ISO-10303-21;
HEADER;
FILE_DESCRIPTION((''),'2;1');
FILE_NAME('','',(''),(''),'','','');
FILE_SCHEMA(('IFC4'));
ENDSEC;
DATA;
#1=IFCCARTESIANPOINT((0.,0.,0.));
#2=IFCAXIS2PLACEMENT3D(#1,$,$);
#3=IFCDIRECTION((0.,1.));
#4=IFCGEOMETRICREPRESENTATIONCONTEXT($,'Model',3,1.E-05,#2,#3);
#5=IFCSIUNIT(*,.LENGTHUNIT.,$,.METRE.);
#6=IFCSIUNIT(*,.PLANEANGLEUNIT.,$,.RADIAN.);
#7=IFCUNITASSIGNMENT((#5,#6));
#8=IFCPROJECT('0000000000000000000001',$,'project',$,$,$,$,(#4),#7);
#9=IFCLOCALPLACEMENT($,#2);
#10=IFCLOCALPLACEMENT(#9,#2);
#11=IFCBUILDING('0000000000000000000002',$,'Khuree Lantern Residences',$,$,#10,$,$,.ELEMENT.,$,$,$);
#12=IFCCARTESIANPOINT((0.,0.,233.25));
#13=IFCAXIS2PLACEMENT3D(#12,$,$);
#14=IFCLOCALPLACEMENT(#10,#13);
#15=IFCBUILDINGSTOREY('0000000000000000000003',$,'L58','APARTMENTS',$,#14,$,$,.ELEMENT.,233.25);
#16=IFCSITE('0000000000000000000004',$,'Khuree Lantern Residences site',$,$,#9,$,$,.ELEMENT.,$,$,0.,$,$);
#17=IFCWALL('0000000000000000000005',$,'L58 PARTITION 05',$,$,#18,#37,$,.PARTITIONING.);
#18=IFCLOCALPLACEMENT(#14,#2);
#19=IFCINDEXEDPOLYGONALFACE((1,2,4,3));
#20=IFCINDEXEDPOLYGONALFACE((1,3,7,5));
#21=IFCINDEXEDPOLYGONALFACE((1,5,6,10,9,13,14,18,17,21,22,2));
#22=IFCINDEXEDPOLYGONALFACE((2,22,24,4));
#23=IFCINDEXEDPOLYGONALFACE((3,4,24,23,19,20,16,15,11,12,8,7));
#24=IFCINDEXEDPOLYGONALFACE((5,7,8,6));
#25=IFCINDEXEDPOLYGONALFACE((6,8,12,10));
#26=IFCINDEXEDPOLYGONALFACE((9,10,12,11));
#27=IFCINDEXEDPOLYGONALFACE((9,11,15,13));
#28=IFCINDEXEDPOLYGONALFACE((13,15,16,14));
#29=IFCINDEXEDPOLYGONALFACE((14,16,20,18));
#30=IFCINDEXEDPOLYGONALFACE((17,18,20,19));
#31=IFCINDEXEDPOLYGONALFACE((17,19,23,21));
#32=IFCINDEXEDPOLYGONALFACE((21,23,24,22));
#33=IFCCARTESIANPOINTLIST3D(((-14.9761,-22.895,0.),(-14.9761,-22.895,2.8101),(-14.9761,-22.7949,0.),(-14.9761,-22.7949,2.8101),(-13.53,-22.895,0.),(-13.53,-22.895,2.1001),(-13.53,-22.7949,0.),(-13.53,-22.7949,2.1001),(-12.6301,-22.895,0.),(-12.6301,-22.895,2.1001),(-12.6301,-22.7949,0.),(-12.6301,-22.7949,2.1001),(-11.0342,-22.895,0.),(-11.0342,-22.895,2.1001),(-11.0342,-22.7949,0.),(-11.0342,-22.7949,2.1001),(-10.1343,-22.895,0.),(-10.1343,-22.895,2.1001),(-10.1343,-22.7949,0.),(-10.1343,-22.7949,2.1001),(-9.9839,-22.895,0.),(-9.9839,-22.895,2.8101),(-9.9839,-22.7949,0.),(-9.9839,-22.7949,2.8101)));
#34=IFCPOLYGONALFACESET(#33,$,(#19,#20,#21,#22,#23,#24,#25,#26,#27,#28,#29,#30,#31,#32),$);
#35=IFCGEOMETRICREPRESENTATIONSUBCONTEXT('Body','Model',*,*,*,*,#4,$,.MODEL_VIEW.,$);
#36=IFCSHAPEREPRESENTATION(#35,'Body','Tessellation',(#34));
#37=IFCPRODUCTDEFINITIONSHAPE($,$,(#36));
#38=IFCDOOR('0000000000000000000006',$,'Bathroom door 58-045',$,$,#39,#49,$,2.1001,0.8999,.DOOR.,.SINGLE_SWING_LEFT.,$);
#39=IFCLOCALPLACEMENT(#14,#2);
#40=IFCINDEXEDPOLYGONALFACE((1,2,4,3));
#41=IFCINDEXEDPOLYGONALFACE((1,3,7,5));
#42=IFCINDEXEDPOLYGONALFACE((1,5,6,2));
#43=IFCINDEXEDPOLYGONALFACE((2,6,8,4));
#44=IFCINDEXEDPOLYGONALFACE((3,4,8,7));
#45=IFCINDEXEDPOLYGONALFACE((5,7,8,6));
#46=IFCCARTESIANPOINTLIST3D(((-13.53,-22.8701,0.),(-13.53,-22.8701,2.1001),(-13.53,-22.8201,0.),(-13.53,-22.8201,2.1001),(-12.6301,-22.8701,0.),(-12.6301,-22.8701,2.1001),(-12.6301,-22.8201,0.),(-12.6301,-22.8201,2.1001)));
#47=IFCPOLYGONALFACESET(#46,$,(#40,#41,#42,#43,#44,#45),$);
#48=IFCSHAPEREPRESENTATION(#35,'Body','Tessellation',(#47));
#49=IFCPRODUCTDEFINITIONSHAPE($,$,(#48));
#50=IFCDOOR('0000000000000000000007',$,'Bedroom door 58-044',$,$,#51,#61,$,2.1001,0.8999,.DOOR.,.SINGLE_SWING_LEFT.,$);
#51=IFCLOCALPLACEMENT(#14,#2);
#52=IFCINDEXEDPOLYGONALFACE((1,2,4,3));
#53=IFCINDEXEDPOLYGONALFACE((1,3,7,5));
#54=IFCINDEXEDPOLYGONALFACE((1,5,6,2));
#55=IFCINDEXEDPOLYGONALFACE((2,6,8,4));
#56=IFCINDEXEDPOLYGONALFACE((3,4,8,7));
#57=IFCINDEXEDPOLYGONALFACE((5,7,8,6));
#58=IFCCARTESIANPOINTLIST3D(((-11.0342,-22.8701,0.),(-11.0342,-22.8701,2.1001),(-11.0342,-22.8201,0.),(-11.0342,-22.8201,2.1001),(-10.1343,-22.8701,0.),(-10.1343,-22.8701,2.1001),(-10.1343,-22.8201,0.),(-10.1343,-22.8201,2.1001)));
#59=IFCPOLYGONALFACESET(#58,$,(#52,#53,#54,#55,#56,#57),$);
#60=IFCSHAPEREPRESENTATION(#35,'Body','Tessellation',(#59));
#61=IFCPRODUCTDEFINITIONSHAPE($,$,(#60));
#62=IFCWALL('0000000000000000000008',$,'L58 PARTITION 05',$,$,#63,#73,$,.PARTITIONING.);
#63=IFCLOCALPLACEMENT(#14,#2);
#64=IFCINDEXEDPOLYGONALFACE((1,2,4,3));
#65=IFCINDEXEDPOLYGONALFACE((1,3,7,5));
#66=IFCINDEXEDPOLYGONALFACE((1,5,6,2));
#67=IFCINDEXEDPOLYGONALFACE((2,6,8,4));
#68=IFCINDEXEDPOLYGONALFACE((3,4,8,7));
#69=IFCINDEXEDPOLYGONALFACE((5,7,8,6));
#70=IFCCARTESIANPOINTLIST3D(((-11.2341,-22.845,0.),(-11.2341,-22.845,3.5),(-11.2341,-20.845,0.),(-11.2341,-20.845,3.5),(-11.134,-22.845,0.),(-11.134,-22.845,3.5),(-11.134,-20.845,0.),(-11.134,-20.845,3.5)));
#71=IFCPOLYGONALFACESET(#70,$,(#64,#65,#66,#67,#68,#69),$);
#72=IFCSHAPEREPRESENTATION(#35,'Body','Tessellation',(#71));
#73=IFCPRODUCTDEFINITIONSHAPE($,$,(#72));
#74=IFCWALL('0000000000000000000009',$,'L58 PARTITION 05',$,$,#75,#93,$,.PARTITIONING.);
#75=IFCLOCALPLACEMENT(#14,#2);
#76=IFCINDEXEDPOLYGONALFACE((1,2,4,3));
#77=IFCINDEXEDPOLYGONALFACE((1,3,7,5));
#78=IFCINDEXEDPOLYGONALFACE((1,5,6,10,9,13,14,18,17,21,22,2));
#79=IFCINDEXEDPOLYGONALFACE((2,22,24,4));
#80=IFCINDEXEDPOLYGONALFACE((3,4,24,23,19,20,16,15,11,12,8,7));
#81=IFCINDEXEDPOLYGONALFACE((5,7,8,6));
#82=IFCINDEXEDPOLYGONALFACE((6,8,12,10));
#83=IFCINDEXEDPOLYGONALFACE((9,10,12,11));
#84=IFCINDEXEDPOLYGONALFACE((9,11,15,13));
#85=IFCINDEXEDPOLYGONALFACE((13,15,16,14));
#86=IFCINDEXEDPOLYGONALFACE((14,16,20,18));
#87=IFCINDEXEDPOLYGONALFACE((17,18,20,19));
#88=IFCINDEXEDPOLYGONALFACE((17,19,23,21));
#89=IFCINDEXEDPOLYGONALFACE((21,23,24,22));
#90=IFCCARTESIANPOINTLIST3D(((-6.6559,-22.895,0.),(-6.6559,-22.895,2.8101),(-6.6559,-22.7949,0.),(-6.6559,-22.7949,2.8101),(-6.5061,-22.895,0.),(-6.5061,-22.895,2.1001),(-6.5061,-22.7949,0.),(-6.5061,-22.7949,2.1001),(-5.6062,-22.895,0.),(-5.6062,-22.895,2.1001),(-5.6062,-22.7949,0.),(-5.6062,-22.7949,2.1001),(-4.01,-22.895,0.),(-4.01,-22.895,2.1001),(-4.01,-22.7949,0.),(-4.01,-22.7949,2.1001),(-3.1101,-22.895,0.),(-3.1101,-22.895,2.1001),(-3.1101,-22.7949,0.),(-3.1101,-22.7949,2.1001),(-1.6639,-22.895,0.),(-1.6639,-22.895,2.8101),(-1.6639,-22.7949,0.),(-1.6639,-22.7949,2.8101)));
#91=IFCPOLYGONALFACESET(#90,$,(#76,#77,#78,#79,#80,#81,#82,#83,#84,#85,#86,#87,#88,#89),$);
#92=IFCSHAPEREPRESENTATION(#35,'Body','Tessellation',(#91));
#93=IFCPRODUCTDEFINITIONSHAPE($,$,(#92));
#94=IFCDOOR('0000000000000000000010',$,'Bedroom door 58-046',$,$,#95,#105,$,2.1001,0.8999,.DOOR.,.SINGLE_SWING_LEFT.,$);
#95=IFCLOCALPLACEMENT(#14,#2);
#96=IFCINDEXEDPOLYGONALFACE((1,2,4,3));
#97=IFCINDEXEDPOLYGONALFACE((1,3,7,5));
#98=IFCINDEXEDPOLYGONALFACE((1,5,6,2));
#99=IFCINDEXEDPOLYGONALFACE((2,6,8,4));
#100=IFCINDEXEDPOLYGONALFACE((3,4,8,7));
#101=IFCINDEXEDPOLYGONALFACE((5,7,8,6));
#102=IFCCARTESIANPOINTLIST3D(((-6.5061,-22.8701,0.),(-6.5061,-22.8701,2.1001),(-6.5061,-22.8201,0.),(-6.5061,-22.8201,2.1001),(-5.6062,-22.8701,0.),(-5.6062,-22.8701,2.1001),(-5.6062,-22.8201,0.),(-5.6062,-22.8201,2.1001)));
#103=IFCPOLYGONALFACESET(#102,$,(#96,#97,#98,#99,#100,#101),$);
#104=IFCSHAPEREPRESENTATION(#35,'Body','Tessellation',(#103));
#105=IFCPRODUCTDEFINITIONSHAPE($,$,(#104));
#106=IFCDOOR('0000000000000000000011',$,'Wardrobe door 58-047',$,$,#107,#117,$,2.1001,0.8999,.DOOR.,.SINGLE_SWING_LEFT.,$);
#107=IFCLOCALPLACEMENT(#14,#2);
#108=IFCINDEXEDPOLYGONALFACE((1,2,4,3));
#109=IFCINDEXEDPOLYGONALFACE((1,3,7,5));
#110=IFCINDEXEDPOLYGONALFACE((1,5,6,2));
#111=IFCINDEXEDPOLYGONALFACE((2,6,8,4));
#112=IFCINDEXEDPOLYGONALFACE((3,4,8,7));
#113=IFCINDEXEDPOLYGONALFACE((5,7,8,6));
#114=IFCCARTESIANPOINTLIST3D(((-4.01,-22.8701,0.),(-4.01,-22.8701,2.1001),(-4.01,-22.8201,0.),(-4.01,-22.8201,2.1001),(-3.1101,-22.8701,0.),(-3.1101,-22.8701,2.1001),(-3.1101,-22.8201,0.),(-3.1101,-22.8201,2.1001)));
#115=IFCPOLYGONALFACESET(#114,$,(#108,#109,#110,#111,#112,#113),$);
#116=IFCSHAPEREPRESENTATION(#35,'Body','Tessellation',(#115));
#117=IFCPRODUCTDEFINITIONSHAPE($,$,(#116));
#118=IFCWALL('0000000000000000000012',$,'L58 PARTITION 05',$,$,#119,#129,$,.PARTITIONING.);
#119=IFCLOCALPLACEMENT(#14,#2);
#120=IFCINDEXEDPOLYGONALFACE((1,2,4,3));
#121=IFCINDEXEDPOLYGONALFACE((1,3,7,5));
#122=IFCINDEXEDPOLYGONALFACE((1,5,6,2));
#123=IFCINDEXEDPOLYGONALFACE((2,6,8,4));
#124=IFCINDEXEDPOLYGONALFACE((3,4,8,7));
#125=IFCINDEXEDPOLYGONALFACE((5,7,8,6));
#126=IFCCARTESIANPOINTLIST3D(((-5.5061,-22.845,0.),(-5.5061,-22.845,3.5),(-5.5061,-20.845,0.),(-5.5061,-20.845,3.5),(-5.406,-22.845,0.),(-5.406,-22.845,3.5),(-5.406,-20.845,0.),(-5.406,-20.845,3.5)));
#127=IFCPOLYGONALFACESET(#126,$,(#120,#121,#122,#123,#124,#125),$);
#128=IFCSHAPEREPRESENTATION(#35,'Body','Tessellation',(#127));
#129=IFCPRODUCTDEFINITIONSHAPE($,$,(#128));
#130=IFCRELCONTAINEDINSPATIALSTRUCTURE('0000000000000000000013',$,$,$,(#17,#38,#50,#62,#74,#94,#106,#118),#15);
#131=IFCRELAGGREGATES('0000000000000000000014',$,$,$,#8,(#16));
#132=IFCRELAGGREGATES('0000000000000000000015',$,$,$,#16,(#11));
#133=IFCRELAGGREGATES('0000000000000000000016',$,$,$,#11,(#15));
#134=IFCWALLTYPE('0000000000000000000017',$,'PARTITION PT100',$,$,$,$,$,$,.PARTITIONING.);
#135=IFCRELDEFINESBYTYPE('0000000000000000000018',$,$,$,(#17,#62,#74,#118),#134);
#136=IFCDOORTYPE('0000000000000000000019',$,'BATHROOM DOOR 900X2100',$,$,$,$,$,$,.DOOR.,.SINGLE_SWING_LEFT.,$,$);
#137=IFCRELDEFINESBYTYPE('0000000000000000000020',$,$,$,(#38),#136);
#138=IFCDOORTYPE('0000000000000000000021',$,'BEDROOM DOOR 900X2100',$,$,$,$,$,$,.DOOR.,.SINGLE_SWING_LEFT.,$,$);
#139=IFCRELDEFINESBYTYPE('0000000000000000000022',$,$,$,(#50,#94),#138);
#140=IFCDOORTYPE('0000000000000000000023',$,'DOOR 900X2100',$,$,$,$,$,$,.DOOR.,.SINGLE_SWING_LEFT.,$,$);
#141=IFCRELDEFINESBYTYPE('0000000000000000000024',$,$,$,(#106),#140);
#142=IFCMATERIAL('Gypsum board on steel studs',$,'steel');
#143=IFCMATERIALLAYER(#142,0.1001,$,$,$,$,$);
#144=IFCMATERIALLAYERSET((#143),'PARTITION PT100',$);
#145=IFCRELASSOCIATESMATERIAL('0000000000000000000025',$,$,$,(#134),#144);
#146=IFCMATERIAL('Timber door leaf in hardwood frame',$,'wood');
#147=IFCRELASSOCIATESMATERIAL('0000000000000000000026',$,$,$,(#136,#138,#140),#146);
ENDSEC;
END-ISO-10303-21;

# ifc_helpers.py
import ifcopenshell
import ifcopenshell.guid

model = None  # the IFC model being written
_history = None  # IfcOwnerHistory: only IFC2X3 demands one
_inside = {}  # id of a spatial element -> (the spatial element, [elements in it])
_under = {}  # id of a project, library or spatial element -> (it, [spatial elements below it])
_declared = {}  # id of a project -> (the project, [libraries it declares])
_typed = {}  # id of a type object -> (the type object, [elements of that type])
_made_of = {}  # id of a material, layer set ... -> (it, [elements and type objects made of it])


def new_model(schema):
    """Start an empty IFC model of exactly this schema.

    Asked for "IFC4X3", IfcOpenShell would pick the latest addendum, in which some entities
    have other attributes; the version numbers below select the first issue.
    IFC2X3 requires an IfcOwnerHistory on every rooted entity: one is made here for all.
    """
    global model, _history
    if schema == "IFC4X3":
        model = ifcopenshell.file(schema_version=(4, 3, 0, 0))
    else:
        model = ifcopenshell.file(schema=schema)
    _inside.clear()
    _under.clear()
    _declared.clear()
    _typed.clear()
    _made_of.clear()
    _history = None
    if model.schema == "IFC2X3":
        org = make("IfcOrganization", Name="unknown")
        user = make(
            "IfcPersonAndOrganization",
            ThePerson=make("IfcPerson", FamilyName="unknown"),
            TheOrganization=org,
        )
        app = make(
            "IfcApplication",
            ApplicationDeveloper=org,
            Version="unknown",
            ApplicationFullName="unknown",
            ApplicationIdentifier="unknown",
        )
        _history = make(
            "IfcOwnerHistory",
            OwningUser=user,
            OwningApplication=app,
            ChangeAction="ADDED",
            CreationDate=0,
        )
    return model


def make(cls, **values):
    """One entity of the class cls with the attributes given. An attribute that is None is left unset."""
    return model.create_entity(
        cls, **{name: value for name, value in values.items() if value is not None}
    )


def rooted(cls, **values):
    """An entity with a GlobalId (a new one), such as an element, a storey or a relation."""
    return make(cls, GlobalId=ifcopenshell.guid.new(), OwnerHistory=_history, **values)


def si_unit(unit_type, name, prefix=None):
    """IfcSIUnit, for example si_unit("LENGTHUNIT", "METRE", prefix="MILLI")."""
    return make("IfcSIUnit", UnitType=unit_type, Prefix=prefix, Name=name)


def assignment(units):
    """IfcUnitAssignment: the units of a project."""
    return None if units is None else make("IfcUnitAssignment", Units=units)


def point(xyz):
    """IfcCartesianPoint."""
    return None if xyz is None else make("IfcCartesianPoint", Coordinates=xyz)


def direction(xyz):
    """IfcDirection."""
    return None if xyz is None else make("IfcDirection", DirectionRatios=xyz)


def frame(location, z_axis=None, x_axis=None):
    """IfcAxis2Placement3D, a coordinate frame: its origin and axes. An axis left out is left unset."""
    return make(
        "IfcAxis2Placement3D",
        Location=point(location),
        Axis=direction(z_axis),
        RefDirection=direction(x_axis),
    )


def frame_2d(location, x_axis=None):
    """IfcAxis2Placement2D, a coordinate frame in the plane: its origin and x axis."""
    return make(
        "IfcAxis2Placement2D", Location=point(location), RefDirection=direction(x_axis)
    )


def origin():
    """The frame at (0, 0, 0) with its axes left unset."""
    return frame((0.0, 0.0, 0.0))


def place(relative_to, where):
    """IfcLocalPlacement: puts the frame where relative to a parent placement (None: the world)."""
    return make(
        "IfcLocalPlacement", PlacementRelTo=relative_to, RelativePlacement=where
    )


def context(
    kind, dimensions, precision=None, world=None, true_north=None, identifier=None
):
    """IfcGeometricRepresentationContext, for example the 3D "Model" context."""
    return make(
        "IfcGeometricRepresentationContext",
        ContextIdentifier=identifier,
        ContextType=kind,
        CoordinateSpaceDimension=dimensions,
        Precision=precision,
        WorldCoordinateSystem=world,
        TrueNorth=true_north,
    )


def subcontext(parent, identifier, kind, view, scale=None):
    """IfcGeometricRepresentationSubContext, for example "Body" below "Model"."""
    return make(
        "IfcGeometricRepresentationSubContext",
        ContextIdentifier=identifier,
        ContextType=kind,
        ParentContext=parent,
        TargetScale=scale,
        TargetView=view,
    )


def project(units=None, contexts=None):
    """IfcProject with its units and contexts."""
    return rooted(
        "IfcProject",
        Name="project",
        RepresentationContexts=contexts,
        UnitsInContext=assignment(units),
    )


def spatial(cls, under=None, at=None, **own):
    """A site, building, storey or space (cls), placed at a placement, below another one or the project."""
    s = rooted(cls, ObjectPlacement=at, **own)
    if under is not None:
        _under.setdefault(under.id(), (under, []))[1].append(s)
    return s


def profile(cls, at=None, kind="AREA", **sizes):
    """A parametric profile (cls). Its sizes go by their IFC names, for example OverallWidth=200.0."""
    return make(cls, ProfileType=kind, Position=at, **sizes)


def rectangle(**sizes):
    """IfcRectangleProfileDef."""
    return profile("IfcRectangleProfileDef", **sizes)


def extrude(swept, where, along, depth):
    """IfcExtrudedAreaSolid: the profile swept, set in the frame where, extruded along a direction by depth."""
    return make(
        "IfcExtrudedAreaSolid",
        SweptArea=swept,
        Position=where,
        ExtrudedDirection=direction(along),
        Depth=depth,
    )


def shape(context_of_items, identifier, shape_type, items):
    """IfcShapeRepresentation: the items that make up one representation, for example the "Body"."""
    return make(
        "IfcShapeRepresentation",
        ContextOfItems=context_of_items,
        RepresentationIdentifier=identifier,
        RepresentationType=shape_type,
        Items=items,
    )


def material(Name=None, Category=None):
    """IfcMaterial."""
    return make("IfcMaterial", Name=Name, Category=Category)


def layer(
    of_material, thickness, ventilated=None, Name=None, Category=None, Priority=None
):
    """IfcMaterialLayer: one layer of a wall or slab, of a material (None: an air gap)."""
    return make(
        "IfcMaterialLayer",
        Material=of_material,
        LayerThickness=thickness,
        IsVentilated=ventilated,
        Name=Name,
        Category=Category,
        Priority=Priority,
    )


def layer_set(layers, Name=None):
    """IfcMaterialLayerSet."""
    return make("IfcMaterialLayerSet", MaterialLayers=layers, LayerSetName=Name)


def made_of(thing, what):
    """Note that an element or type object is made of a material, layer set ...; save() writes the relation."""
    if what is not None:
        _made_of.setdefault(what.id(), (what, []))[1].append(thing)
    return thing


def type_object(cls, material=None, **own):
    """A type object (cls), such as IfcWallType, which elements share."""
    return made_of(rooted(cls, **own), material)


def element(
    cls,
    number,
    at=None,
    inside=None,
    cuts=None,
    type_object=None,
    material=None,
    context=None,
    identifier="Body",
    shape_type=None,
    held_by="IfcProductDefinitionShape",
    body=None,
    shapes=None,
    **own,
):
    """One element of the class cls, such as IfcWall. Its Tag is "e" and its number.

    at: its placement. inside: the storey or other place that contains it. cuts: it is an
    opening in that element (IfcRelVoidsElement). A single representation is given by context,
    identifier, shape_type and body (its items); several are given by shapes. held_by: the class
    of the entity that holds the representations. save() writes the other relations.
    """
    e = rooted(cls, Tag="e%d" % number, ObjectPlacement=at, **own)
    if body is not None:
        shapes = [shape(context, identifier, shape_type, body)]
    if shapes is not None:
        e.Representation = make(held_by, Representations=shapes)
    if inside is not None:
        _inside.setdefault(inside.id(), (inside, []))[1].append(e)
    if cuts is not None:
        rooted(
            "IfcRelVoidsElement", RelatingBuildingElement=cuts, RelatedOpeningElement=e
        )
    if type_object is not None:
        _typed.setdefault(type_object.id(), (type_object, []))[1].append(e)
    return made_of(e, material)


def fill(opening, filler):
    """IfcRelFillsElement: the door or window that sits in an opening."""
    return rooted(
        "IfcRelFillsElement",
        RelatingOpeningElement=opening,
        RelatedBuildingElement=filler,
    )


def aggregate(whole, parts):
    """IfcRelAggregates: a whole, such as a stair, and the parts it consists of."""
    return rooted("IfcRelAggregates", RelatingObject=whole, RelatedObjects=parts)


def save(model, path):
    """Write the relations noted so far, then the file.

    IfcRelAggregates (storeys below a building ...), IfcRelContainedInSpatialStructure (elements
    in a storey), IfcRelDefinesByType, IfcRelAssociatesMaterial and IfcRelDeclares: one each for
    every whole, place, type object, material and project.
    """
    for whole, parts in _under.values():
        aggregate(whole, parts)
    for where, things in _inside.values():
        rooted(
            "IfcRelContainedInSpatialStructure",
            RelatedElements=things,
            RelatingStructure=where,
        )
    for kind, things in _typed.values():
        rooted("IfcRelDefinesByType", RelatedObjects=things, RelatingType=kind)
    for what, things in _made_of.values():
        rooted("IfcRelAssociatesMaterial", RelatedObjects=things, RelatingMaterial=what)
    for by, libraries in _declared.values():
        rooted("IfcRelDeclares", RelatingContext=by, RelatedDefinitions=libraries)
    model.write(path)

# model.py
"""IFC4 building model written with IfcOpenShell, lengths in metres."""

from ifc_helpers import new_model, si_unit, direction, frame, frame_2d, origin, place, context, subcontext, project, spatial, rectangle, extrude, material, layer, layer_set, type_object, element, fill, save


model = new_model("IFC4")

# Units and contexts
model_context = context("Model", 3, precision=1e-05, world=origin(), true_north=direction((0.0, 1.0)))
body_context = subcontext(model_context, "Body", "Model", "MODEL_VIEW")
ifc_project = project(units=[si_unit("LENGTHUNIT", "METRE"), si_unit("PLANEANGLEUNIT", "RADIAN")], contexts=[model_context])

# Site, building, storey
site_placement = place(None, origin())
site = spatial("IfcSite", under=ifc_project, at=site_placement, Name="Khuree Lantern Residences site", CompositionType="ELEMENT", RefElevation=0.0)
building_placement = place(site_placement, origin())
building = spatial("IfcBuilding", under=site, at=building_placement, Name="Khuree Lantern Residences", CompositionType="ELEMENT")
storey_placement = place(building_placement, frame((0.0, 0.0, 233.25)))
storey = spatial("IfcBuildingStorey", under=building, at=storey_placement, Name="L58", Description="APARTMENTS", CompositionType="ELEMENT", Elevation=233.25)

# Shared definitions
ifc_material_1 = material(Name="Gypsum board on steel studs", Category="steel")
ifc_layer_1 = layer(ifc_material_1, 0.1001)
ifc_layer_set_1 = layer_set([ifc_layer_1], Name="PARTITION PT100")
wall_type_1 = type_object("IfcWallType", Name="PARTITION PT100", PredefinedType="PARTITIONING", material=ifc_layer_set_1)

# Wall, openings, doors
wall_1_placement = place(storey_placement, frame((-14.9761, -22.845, 0.0), z_axis=(0.0, 0.0, 1.0), x_axis=(1.0, 0.0, 0.0)))
wall_1 = element("IfcWall", 1, at=wall_1_placement, inside=storey, type_object=wall_type_1, Name="L58 PARTITION 05", PredefinedType="PARTITIONING", context=body_context, shape_type="SweptSolid", body=[
    extrude(rectangle(XDim=4.9922, YDim=0.1001, at=frame_2d((2.4961, 0.0))), origin(), (0.0, 0.0, 1.0), 2.8101),
])
opening_1_placement = place(wall_1_placement, frame((3.9419, 0.0, 0.0)))
opening_1 = element("IfcOpeningElement", 2, at=opening_1_placement, cuts=wall_1, PredefinedType="OPENING", context=body_context, shape_type="SweptSolid", body=[
    extrude(rectangle(XDim=0.8999, YDim=2.1001, at=frame_2d((0.45, 1.05))), frame((0.0, 0.0601, 0.0), z_axis=(0.0, -1.0, 0.0), x_axis=(1.0, 0.0, 0.0)), (0.0, 0.0, 1.0), 0.1201),
])
opening_2_placement = place(wall_1_placement, frame((1.446, 0.0, 0.0)))
opening_2 = element("IfcOpeningElement", 3, at=opening_2_placement, cuts=wall_1, PredefinedType="OPENING", context=body_context, shape_type="SweptSolid", body=[
    extrude(rectangle(XDim=0.8999, YDim=2.1001, at=frame_2d((0.45, 1.05))), frame((0.0, 0.0601, 0.0), z_axis=(0.0, -1.0, 0.0), x_axis=(1.0, 0.0, 0.0)), (0.0, 0.0, 1.0), 0.1201),
])
ifc_material_2 = material(Name="Timber door leaf in hardwood frame", Category="wood")
door_type_1 = type_object("IfcDoorType", Name="BATHROOM DOOR 900X2100", OperationType="SINGLE_SWING_LEFT", PredefinedType="DOOR", material=ifc_material_2)
door_1_placement = place(opening_2_placement, origin())
door_1 = element("IfcDoor", 4, at=door_1_placement, inside=storey, type_object=door_type_1, Name="Bathroom door 58-045", OperationType="SINGLE_SWING_LEFT", OverallHeight=2.1001, OverallWidth=0.8999, PredefinedType="DOOR", context=body_context, shape_type="SweptSolid", body=[
    extrude(rectangle(XDim=0.8999, YDim=2.1001, at=frame_2d((0.45, 1.05))), frame((0.0, 0.0249, 0.0), z_axis=(0.0, -1.0, 0.0), x_axis=(1.0, 0.0, 0.0)), (0.0, 0.0, 1.0), 0.05),
])
fill(opening_2, door_1)
door_type_2 = type_object("IfcDoorType", Name="BEDROOM DOOR 900X2100", OperationType="SINGLE_SWING_LEFT", PredefinedType="DOOR", material=ifc_material_2)
door_2_placement = place(opening_1_placement, origin())
door_2 = element("IfcDoor", 5, at=door_2_placement, inside=storey, type_object=door_type_2, Name="Bedroom door 58-044", OperationType="SINGLE_SWING_LEFT", OverallHeight=2.1001, OverallWidth=0.8999, PredefinedType="DOOR", context=body_context, shape_type="SweptSolid", body=[
    extrude(rectangle(XDim=0.8999, YDim=2.1001, at=frame_2d((0.45, 1.05))), frame((0.0, 0.0249, 0.0), z_axis=(0.0, -1.0, 0.0), x_axis=(1.0, 0.0, 0.0)), (0.0, 0.0, 1.0), 0.05),
])
fill(opening_1, door_2)

# Wall
wall_2_placement = place(storey_placement, frame((-11.1841, -20.845, 0.0), z_axis=(0.0, 0.0, 1.0), x_axis=(0.0, -1.0, 0.0)))
element("IfcWall", 6, at=wall_2_placement, inside=storey, type_object=wall_type_1, Name="L58 PARTITION 05", PredefinedType="PARTITIONING", context=body_context, shape_type="SweptSolid", body=[
    extrude(rectangle(XDim=2.0, YDim=0.1001, at=frame_2d((1.0, 0.0))), origin(), (0.0, 0.0, 1.0), 3.5),
])

# Wall, openings, doors
wall_3_placement = place(storey_placement, frame((-6.656, -22.845, 0.0), z_axis=(0.0, 0.0, 1.0), x_axis=(1.0, 0.0, 0.0)))
wall_3 = element("IfcWall", 7, at=wall_3_placement, inside=storey, type_object=wall_type_1, Name="L58 PARTITION 05", PredefinedType="PARTITIONING", context=body_context, shape_type="SweptSolid", body=[
    extrude(rectangle(XDim=4.9919, YDim=0.1001, at=frame_2d((2.4961, 0.0))), origin(), (0.0, 0.0, 1.0), 2.8101),
])
opening_3_placement = place(wall_3_placement, frame((0.1499, 0.0, 0.0)))
opening_3 = element("IfcOpeningElement", 8, at=opening_3_placement, cuts=wall_3, PredefinedType="OPENING", context=body_context, shape_type="SweptSolid", body=[
    extrude(rectangle(XDim=0.8999, YDim=2.1001, at=frame_2d((0.45, 1.05))), frame((0.0, 0.0601, 0.0), z_axis=(0.0, -1.0, 0.0), x_axis=(1.0, 0.0, 0.0)), (0.0, 0.0, 1.0), 0.1201),
])
opening_4_placement = place(wall_3_placement, frame((2.646, 0.0, 0.0)))
opening_4 = element("IfcOpeningElement", 9, at=opening_4_placement, cuts=wall_3, PredefinedType="OPENING", context=body_context, shape_type="SweptSolid", body=[
    extrude(rectangle(XDim=0.8999, YDim=2.1001, at=frame_2d((0.45, 1.05))), frame((0.0, 0.0601, 0.0), z_axis=(0.0, -1.0, 0.0), x_axis=(1.0, 0.0, 0.0)), (0.0, 0.0, 1.0), 0.1201),
])
door_3_placement = place(opening_3_placement, origin())
door_3 = element("IfcDoor", 10, at=door_3_placement, inside=storey, type_object=door_type_2, Name="Bedroom door 58-046", OperationType="SINGLE_SWING_LEFT", OverallHeight=2.1001, OverallWidth=0.8999, PredefinedType="DOOR", context=body_context, shape_type="SweptSolid", body=[
    extrude(rectangle(XDim=0.8999, YDim=2.1001, at=frame_2d((0.45, 1.05))), frame((0.0, 0.0249, 0.0), z_axis=(0.0, -1.0, 0.0), x_axis=(1.0, 0.0, 0.0)), (0.0, 0.0, 1.0), 0.05),
])
fill(opening_3, door_3)
door_type_3 = type_object("IfcDoorType", Name="DOOR 900X2100", OperationType="SINGLE_SWING_LEFT", PredefinedType="DOOR", material=ifc_material_2)
door_4_placement = place(opening_4_placement, origin())
door_4 = element("IfcDoor", 11, at=door_4_placement, inside=storey, type_object=door_type_3, Name="Wardrobe door 58-047", OperationType="SINGLE_SWING_LEFT", OverallHeight=2.1001, OverallWidth=0.8999, PredefinedType="DOOR", context=body_context, shape_type="SweptSolid", body=[
    extrude(rectangle(XDim=0.8999, YDim=2.1001, at=frame_2d((0.45, 1.05))), frame((0.0, 0.0249, 0.0), z_axis=(0.0, -1.0, 0.0), x_axis=(1.0, 0.0, 0.0)), (0.0, 0.0, 1.0), 0.05),
])
fill(opening_4, door_4)

# Wall
wall_4_placement = place(storey_placement, frame((-5.4561, -20.845, 0.0), z_axis=(0.0, 0.0, 1.0), x_axis=(0.0, -1.0, 0.0)))
element("IfcWall", 12, at=wall_4_placement, inside=storey, type_object=wall_type_1, Name="L58 PARTITION 05", PredefinedType="PARTITIONING", context=body_context, shape_type="SweptSolid", body=[
    extrude(rectangle(XDim=2.0, YDim=0.1001, at=frame_2d((1.0, 0.0))), origin(), (0.0, 0.0, 1.0), 3.5),
])

save(model, "model.ifc")
